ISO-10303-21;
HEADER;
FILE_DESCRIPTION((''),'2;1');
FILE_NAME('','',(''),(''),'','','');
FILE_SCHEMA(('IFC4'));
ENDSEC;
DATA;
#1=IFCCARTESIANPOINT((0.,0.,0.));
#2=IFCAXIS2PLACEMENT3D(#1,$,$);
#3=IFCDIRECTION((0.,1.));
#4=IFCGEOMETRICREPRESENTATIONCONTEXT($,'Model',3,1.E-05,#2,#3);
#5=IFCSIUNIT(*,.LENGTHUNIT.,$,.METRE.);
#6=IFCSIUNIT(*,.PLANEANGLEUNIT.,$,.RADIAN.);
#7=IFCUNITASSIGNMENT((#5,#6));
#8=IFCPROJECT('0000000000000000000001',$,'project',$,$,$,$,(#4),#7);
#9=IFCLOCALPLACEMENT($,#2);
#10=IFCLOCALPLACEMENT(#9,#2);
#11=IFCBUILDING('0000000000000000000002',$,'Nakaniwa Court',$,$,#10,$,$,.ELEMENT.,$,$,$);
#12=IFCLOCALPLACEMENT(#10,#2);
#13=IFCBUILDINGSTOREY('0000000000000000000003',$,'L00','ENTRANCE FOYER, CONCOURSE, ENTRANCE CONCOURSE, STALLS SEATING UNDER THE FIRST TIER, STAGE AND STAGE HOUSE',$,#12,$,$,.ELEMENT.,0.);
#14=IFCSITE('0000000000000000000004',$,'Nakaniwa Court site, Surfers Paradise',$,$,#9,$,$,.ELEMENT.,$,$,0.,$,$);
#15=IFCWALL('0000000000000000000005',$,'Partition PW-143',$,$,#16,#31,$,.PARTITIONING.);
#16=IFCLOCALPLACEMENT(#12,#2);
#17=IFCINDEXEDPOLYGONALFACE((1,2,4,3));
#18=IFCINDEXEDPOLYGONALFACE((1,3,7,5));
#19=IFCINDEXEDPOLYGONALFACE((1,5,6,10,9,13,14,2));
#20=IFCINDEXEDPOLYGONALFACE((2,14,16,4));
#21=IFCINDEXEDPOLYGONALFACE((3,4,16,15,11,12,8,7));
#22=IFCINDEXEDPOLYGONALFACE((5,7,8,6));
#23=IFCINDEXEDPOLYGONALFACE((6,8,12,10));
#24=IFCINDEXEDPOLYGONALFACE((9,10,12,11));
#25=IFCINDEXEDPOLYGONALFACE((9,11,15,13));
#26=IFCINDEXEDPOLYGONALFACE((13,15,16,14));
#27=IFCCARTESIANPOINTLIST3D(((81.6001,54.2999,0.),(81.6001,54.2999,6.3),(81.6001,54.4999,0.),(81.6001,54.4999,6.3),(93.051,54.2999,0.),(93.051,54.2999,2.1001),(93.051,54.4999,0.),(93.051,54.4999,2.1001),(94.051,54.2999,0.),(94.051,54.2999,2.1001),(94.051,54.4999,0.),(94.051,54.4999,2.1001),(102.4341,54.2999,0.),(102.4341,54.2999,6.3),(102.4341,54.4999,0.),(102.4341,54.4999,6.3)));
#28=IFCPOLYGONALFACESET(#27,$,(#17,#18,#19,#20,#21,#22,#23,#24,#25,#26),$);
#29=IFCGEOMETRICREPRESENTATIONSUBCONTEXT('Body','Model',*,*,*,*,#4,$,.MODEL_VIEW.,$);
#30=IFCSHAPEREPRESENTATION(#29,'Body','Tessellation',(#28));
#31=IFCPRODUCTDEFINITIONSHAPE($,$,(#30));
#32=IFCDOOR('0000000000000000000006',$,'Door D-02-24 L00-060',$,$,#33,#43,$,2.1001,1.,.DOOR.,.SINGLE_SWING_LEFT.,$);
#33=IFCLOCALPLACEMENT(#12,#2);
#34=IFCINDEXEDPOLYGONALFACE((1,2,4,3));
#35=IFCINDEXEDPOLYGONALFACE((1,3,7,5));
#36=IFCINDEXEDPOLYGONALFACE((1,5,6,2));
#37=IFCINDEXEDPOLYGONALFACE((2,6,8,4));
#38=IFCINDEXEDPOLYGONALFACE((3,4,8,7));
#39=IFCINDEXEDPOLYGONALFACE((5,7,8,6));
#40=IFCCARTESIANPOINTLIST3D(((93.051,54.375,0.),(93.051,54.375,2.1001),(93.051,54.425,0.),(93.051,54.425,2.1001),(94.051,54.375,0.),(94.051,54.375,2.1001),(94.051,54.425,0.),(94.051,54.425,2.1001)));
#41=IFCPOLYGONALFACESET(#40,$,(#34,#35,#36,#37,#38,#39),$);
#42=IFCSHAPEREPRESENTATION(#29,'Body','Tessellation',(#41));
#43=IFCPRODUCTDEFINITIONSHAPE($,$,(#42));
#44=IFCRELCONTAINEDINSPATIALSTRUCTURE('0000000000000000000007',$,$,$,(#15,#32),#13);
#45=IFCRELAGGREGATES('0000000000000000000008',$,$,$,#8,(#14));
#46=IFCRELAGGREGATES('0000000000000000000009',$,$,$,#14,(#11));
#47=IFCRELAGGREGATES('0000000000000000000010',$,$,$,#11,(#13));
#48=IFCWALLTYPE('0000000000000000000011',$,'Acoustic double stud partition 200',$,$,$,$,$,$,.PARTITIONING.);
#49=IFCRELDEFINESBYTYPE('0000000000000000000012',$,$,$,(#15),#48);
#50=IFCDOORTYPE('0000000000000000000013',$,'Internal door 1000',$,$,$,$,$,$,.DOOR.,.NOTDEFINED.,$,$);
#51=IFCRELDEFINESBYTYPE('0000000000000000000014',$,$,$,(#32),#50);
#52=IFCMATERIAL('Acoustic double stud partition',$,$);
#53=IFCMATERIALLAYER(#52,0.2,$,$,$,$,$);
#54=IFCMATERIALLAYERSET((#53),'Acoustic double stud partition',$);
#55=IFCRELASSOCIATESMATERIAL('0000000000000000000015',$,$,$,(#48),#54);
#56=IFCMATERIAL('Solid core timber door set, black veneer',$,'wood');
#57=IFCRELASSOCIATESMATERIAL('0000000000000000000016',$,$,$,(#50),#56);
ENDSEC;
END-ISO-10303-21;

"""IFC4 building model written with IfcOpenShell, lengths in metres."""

from ifc_helpers import new_model, si_unit, direction, frame, frame_2d, origin, place, context, subcontext, project, spatial, rectangle, extrude, material, layer, layer_set, type_object, element, fill, save


model = new_model("IFC4")

# Units and contexts
model_context = context("Model", 3, precision=1e-05, world=origin(), true_north=direction((0.0, 1.0)))
body_context = subcontext(model_context, "Body", "Model", "MODEL_VIEW")
ifc_project = project(units=[si_unit("LENGTHUNIT", "METRE"), si_unit("PLANEANGLEUNIT", "RADIAN")], contexts=[model_context])

# Site, building, storey
site_placement = place(None, origin())
site = spatial("IfcSite", under=ifc_project, at=site_placement, Name="Nakaniwa Court site, Surfers Paradise", CompositionType="ELEMENT", RefElevation=0.0)
building_placement = place(site_placement, origin())
building = spatial("IfcBuilding", under=site, at=building_placement, Name="Nakaniwa Court", CompositionType="ELEMENT")
storey_placement = place(building_placement, origin())
storey = spatial("IfcBuildingStorey", under=building, at=storey_placement, Name="L00", Description="ENTRANCE FOYER, CONCOURSE, ENTRANCE CONCOURSE, STALLS SEATING UNDER THE FIRST TIER, STAGE AND STAGE HOUSE", CompositionType="ELEMENT", Elevation=0.0)

# Wall, opening, door
ifc_material_1 = material(Name="Acoustic double stud partition")
ifc_layer_1 = layer(ifc_material_1, 0.2)
ifc_layer_set_1 = layer_set([ifc_layer_1], Name="Acoustic double stud partition")
wall_type = type_object("IfcWallType", Name="Acoustic double stud partition 200", PredefinedType="PARTITIONING", material=ifc_layer_set_1)
ifc_material_2 = material(Name="Solid core timber door set, black veneer", Category="wood")
door_type = type_object("IfcDoorType", Name="Internal door 1000", OperationType="NOTDEFINED", PredefinedType="DOOR", material=ifc_material_2)
wall_1_placement = place(storey_placement, frame((102.4341, 54.3999, 0.0), z_axis=(0.0, 0.0, 1.0), x_axis=(-1.0, 0.0, 0.0)))
wall_1 = element("IfcWall", 1, at=wall_1_placement, inside=storey, type_object=wall_type, Name="Partition PW-143", PredefinedType="PARTITIONING", context=body_context, shape_type="SweptSolid", body=[
    extrude(rectangle(XDim=20.834, YDim=0.2, at=frame_2d((10.417, 0.0))), origin(), (0.0, 0.0, 1.0), 6.3),
])
opening_1_placement = place(wall_1_placement, frame((8.3831, 0.0, 0.0)))
opening_1 = element("IfcOpeningElement", 2, at=opening_1_placement, cuts=wall_1, PredefinedType="OPENING", context=body_context, shape_type="SweptSolid", body=[
    extrude(rectangle(XDim=1.0, YDim=2.1001, at=frame_2d((0.5, 1.05))), frame((0.0, 0.1099, 0.0), z_axis=(0.0, -1.0, 0.0), x_axis=(1.0, 0.0, 0.0)), (0.0, 0.0, 1.0), 0.22),
])
door_1_placement = place(opening_1_placement, origin())
door_1 = element("IfcDoor", 3, at=door_1_placement, inside=storey, type_object=door_type, Name="Door D-02-24 L00-060", OperationType="SINGLE_SWING_LEFT", OverallHeight=2.1001, OverallWidth=1.0, PredefinedType="DOOR", context=body_context, shape_type="SweptSolid", body=[
    extrude(rectangle(XDim=1.0, YDim=2.1001, at=frame_2d((0.5, 1.05))), frame((0.0, 0.0249, 0.0), z_axis=(0.0, -1.0, 0.0), x_axis=(1.0, 0.0, 0.0)), (0.0, 0.0, 1.0), 0.05),
])
fill(opening_1, door_1)

save(model, "model.ifc")
